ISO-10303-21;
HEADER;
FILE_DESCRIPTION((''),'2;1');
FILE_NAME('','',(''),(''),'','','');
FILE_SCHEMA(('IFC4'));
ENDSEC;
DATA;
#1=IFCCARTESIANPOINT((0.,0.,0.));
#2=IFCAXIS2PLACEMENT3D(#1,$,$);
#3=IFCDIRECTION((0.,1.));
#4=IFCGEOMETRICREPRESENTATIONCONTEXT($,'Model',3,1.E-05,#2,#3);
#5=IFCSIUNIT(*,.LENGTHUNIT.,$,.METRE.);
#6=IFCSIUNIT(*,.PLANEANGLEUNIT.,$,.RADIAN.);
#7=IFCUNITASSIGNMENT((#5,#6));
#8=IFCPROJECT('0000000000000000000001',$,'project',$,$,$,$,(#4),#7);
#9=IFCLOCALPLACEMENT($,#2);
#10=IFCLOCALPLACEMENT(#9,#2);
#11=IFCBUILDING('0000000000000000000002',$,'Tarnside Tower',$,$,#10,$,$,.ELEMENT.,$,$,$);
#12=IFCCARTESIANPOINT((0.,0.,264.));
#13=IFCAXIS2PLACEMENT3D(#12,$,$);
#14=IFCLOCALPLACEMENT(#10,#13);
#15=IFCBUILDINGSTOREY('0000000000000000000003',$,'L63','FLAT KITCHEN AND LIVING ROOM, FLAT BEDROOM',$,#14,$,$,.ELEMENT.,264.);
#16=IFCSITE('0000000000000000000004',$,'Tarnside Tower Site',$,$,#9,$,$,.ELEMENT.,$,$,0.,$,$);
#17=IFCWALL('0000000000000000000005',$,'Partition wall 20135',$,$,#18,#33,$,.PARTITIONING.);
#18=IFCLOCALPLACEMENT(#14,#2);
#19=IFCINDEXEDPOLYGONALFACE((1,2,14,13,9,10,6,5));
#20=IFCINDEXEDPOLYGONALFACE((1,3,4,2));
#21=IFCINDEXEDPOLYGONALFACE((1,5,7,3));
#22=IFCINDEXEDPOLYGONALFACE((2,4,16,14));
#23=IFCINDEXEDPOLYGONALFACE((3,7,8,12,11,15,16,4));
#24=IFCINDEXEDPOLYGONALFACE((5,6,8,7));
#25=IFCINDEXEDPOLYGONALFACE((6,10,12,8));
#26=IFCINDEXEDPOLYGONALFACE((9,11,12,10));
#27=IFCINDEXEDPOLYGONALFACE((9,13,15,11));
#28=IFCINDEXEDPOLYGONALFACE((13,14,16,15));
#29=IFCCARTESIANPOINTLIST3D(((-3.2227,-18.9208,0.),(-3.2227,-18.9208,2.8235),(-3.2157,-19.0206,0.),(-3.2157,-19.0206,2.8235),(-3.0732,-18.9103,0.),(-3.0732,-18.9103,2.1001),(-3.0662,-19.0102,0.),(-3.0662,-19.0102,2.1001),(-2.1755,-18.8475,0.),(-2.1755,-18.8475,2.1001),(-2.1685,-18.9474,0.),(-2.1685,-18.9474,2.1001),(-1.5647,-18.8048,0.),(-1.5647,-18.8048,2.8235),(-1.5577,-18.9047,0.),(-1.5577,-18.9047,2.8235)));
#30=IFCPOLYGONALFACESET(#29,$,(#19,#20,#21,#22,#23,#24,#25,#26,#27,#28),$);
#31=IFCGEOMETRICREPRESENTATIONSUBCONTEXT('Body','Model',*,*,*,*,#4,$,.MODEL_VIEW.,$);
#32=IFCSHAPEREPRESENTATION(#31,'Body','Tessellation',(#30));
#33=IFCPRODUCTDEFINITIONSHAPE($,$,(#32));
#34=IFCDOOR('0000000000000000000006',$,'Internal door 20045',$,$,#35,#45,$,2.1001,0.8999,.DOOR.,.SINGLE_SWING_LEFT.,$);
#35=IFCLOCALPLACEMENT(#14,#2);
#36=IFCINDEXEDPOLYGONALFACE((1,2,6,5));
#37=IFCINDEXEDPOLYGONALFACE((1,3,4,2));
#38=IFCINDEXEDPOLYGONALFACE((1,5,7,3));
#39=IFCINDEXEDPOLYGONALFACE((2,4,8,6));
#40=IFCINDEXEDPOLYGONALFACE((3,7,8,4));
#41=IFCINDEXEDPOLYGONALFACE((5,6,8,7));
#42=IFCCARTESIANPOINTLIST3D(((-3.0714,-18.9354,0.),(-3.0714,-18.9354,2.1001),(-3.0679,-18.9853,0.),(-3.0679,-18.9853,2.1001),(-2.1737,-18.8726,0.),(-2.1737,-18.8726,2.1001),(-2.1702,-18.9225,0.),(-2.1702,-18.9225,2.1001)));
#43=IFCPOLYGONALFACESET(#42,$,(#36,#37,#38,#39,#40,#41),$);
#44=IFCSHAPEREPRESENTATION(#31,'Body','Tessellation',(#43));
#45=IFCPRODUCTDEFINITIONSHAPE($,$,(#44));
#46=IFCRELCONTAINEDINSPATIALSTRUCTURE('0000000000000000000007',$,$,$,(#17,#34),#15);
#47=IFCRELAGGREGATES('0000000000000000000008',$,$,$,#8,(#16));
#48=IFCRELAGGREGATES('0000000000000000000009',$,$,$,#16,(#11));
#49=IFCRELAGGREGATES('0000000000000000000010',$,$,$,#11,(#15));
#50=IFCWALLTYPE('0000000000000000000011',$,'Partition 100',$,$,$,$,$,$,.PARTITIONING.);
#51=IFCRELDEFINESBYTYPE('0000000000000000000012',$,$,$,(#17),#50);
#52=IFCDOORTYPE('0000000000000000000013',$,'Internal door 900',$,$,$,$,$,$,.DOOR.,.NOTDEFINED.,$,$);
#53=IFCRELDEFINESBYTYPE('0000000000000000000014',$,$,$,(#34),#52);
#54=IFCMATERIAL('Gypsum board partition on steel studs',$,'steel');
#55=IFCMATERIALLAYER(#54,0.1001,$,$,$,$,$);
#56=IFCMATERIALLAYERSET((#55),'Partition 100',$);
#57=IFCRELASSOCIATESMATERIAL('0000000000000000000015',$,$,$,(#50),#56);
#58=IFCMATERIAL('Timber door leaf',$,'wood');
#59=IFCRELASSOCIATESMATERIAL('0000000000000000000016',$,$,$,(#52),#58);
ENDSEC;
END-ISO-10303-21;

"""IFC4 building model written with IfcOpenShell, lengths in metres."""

from ifc_helpers import new_model, si_unit, direction, frame, frame_2d, origin, place, context, subcontext, project, spatial, rectangle, extrude, material, layer, layer_set, type_object, element, fill, save


model = new_model("IFC4")

# Units and contexts
model_context = context("Model", 3, precision=1e-05, world=origin(), true_north=direction((0.0, 1.0)))
body_context = subcontext(model_context, "Body", "Model", "MODEL_VIEW")
ifc_project = project(units=[si_unit("LENGTHUNIT", "METRE"), si_unit("PLANEANGLEUNIT", "RADIAN")], contexts=[model_context])

# Site, building, storey
site_placement = place(None, origin())
site = spatial("IfcSite", under=ifc_project, at=site_placement, Name="Tarnside Tower Site", CompositionType="ELEMENT", RefElevation=0.0)
building_placement = place(site_placement, origin())
building = spatial("IfcBuilding", under=site, at=building_placement, Name="Tarnside Tower", CompositionType="ELEMENT")
storey_placement = place(building_placement, frame((0.0, 0.0, 264.0)))
storey = spatial("IfcBuildingStorey", under=building, at=storey_placement, Name="L63", Description="FLAT KITCHEN AND LIVING ROOM, FLAT BEDROOM", CompositionType="ELEMENT", Elevation=264.0)

# Shared definitions
ifc_material_1 = material(Name="Gypsum board partition on steel studs", Category="steel")

# Shared definitions
ifc_material_2 = material(Name="Timber door leaf", Category="wood")

# Shared definitions
ifc_layer_1 = layer(ifc_material_1, 0.1001)
ifc_layer_set_1 = layer_set([ifc_layer_1], Name="Partition 100")
wall_type_1 = type_object("IfcWallType", Name="Partition 100", PredefinedType="PARTITIONING", material=ifc_layer_set_1)

# Wall, opening, door
door_type_1 = type_object("IfcDoorType", Name="Internal door 900", OperationType="NOTDEFINED", PredefinedType="DOOR", material=ifc_material_2)
wall_1_placement = place(storey_placement, frame((-3.2192, -18.9707, 0.0), z_axis=(0.0, 0.0, 1.0), x_axis=(0.997563, 0.069775, 0.0)))
wall_1 = element("IfcWall", 1, at=wall_1_placement, inside=storey, type_object=wall_type_1, Name="Partition wall 20135", PredefinedType="PARTITIONING", context=body_context, shape_type="SweptSolid", body=[
    extrude(rectangle(XDim=1.6621, YDim=0.1001, at=frame_2d((0.8311, 0.0))), origin(), (0.0, 0.0, 1.0), 2.8235),
])
opening_1_placement = place(wall_1_placement, frame((0.1499, 0.0, 0.0)))
opening_1 = element("IfcOpeningElement", 2, at=opening_1_placement, cuts=wall_1, PredefinedType="OPENING", context=body_context, shape_type="SweptSolid", body=[
    extrude(rectangle(XDim=0.8999, YDim=2.1001, at=frame_2d((0.45, 1.05))), frame((0.0, 0.0601, 0.0), z_axis=(0.0, -1.0, 0.0), x_axis=(1.0, 0.0, 0.0)), (0.0, 0.0, 1.0), 0.1201),
])
door_1_placement = place(opening_1_placement, origin())
door_1 = element("IfcDoor", 3, at=door_1_placement, inside=storey, type_object=door_type_1, Name="Internal door 20045", OperationType="SINGLE_SWING_LEFT", OverallHeight=2.1001, OverallWidth=0.8999, PredefinedType="DOOR", context=body_context, shape_type="SweptSolid", body=[
    extrude(rectangle(XDim=0.8999, YDim=2.1001, at=frame_2d((0.45, 1.05))), frame((0.0, 0.0249, 0.0), z_axis=(0.0, -1.0, 0.0), x_axis=(1.0, 0.0, 0.0)), (0.0, 0.0, 1.0), 0.05),
])
fill(opening_1, door_1)

save(model, "model.ifc")
